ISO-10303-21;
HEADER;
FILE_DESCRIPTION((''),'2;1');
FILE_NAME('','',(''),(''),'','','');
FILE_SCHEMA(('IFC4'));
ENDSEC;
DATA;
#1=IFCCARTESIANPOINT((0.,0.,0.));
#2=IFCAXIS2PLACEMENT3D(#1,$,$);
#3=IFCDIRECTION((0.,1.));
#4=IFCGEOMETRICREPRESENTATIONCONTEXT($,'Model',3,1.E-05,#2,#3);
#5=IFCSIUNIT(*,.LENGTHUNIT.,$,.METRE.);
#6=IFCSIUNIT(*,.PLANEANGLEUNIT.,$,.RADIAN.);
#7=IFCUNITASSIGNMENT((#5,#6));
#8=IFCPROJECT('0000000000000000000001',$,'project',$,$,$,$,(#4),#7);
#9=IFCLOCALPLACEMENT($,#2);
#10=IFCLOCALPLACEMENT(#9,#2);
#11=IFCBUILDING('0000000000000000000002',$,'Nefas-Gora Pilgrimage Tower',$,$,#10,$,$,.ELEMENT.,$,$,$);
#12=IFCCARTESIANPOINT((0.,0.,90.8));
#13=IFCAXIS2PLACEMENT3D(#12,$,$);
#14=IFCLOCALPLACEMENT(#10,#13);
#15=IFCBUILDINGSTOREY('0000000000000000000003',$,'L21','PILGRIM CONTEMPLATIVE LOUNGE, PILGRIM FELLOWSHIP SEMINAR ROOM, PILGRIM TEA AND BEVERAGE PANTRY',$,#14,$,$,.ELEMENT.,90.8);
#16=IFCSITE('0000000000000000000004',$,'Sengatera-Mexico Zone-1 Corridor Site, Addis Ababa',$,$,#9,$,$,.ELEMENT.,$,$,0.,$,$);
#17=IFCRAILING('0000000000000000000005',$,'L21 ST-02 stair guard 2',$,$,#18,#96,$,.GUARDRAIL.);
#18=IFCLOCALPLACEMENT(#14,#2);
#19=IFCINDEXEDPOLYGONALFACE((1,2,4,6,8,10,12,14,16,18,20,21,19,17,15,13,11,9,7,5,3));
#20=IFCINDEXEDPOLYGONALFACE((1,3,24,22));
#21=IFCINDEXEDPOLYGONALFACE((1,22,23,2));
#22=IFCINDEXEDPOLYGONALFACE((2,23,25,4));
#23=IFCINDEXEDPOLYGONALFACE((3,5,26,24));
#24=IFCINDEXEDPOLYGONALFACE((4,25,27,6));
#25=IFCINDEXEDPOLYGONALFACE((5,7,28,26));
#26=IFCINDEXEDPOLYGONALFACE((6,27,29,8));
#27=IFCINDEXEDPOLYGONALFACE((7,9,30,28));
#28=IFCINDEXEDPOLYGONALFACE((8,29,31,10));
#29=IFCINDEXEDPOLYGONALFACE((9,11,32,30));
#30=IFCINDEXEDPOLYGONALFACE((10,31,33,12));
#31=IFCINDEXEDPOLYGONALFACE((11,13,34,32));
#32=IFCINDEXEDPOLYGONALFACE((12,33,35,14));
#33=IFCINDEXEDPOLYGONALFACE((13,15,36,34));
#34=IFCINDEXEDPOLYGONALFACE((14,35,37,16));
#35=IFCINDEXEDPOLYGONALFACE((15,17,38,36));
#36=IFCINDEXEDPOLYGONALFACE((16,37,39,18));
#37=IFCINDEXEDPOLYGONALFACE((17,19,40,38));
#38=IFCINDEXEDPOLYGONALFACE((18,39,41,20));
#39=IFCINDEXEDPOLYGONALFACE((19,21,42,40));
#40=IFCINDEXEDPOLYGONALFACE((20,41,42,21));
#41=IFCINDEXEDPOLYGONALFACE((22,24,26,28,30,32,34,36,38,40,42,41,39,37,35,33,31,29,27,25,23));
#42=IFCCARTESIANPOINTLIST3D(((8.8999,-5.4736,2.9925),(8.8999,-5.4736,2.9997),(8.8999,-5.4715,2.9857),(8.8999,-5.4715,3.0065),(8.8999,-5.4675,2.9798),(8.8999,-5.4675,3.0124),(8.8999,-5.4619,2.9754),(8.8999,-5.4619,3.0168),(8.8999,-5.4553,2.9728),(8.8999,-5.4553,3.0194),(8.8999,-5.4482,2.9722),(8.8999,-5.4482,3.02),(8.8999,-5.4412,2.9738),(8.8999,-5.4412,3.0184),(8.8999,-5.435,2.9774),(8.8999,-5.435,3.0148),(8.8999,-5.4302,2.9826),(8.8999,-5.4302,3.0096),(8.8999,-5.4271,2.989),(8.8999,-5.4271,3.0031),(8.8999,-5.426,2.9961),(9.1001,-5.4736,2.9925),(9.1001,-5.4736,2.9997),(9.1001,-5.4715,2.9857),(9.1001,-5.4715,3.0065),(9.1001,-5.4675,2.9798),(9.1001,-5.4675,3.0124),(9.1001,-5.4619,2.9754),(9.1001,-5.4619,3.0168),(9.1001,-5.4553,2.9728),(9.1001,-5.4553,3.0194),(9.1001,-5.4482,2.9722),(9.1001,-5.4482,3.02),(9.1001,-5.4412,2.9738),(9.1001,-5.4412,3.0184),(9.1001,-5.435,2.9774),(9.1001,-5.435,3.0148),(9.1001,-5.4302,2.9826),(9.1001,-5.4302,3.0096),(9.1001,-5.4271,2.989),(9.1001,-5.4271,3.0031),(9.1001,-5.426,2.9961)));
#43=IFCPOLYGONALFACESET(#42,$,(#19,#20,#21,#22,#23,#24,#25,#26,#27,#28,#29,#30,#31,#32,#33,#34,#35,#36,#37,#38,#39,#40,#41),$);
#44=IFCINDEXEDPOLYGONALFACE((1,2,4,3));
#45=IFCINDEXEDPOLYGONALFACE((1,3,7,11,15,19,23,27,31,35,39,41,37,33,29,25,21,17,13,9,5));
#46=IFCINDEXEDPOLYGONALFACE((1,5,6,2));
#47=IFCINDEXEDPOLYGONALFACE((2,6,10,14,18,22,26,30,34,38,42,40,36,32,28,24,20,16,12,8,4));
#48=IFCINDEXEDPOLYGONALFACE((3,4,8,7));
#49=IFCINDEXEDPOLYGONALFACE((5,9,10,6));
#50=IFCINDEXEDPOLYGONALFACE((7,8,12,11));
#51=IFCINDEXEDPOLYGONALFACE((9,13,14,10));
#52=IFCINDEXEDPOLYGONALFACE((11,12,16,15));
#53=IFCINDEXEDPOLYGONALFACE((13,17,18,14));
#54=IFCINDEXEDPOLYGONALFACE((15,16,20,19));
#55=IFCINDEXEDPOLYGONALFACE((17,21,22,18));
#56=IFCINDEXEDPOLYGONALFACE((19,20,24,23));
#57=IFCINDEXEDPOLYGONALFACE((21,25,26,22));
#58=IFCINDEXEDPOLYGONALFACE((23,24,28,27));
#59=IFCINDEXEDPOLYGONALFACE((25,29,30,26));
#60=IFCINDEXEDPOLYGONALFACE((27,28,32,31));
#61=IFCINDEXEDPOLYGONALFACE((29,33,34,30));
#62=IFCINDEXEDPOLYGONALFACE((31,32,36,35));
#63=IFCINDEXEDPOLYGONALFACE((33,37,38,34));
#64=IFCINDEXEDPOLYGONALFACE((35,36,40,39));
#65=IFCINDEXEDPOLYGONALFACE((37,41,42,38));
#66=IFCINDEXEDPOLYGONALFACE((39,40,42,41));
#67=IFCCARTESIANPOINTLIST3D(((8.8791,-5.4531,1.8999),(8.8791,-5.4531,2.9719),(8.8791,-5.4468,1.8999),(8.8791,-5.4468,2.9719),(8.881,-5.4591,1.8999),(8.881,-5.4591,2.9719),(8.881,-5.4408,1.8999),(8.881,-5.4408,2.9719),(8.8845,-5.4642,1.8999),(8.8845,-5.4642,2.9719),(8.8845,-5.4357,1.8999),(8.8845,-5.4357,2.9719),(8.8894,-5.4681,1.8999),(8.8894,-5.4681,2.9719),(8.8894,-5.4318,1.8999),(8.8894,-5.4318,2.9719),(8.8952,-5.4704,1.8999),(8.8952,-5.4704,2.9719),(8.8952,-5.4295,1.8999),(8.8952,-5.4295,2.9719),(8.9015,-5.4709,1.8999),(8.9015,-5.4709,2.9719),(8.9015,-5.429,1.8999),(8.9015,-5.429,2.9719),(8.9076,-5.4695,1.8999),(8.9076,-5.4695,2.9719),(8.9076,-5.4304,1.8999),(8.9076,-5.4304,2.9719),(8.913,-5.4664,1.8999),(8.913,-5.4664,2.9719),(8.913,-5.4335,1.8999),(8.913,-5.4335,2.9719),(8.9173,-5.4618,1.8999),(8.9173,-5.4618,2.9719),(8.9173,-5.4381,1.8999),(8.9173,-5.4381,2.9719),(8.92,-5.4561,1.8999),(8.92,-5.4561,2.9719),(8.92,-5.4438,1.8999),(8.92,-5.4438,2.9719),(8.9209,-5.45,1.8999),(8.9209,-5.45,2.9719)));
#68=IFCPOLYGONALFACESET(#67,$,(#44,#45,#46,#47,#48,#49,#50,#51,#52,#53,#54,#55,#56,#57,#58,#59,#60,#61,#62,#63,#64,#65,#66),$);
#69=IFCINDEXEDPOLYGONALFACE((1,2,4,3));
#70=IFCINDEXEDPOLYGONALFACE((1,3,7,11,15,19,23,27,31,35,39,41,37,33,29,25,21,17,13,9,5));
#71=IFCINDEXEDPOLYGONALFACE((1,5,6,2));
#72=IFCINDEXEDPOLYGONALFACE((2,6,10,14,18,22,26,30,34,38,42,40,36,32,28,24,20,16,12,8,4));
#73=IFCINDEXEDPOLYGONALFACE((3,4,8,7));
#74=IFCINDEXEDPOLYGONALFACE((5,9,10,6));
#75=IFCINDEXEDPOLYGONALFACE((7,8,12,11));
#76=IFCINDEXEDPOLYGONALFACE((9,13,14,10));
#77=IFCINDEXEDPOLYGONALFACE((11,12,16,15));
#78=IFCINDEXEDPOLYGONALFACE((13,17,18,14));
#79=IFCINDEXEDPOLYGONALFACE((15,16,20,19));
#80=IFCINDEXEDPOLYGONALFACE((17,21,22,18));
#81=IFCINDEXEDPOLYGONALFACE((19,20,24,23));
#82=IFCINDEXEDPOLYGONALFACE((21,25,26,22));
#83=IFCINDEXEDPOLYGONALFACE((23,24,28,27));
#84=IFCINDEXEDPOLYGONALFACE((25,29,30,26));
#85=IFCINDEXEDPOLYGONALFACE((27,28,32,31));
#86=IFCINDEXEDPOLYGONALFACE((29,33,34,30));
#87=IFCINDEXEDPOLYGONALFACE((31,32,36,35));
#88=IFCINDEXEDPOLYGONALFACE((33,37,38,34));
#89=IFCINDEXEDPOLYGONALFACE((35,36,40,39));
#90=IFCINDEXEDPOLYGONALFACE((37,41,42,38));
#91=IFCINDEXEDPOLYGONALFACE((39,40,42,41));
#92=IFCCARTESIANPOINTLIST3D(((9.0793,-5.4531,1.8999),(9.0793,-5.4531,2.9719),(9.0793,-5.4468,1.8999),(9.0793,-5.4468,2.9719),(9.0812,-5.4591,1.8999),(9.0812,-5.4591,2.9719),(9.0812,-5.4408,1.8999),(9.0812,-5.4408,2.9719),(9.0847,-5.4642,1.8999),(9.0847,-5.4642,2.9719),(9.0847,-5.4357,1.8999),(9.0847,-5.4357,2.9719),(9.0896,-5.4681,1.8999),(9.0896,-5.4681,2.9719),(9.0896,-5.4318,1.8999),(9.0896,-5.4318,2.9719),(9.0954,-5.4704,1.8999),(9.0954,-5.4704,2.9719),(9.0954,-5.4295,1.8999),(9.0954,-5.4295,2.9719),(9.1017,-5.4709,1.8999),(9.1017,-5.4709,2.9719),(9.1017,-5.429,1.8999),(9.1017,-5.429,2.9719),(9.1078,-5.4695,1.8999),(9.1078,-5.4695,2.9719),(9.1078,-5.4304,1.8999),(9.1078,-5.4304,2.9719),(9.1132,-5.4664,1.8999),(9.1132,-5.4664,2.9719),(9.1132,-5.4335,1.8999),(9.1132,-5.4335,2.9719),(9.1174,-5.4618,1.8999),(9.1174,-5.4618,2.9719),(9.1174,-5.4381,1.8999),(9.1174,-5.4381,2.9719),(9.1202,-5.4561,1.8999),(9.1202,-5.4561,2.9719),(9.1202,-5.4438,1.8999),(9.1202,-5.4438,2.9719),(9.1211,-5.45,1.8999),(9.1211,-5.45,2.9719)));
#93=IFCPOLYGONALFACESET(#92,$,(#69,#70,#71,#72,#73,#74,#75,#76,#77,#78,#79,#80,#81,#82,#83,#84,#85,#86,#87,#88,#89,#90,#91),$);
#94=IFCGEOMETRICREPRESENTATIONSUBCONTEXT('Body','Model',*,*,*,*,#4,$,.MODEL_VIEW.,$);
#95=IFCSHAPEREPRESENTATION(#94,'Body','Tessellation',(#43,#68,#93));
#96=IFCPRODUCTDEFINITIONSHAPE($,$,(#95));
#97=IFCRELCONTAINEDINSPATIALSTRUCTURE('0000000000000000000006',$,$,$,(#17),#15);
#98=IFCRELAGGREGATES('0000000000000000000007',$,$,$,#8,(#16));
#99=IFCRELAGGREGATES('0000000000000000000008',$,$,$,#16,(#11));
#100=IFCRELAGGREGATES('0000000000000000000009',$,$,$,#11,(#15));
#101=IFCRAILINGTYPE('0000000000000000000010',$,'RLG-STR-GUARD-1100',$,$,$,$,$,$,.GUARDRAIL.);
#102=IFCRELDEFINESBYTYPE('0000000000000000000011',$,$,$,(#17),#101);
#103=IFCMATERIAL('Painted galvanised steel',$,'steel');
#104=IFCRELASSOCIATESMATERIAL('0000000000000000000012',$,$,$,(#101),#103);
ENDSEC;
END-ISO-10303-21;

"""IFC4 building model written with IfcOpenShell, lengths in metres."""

from ifc_helpers import new_model, si_unit, direction, frame, origin, origin_2d, place, context, subcontext, project, spatial, circle, extrude, material, type_object, element, save


model = new_model("IFC4")

# Units and contexts
model_context = context("Model", 3, precision=1e-05, world=origin(), true_north=direction((0.0, 1.0)))
body_context = subcontext(model_context, "Body", "Model", "MODEL_VIEW")
ifc_project = project(units=[si_unit("LENGTHUNIT", "METRE"), si_unit("PLANEANGLEUNIT", "RADIAN")], contexts=[model_context])

# Site, building, storey
site_placement = place(None, origin())
site = spatial("IfcSite", under=ifc_project, at=site_placement, Name="Sengatera-Mexico Zone-1 Corridor Site, Addis Ababa", CompositionType="ELEMENT", RefElevation=0.0)
building_placement = place(site_placement, origin())
building = spatial("IfcBuilding", under=site, at=building_placement, Name="Nefas-Gora Pilgrimage Tower", CompositionType="ELEMENT")
storey_placement = place(building_placement, frame((0.0, 0.0, 90.8)))
storey = spatial("IfcBuildingStorey", under=building, at=storey_placement, Name="L21", Description="PILGRIM CONTEMPLATIVE LOUNGE, PILGRIM FELLOWSHIP SEMINAR ROOM, PILGRIM TEA AND BEVERAGE PANTRY", CompositionType="ELEMENT", Elevation=90.8)

# Railing
ifc_material_1 = material(Name="Painted galvanised steel", Category="steel")
railing_type_1 = type_object("IfcRailingType", Name="RLG-STR-GUARD-1100", PredefinedType="GUARDRAIL", material=ifc_material_1)
railing_1_placement = place(storey_placement, frame((8.8999, -5.45, 1.8999)))
element("IfcRailing", 1, at=railing_1_placement, inside=storey, type_object=railing_type_1, Name="L21 ST-02 stair guard 2", PredefinedType="GUARDRAIL", context=body_context, shape_type="SweptSolid", body=[
    extrude(circle(Radius=0.0239, at=origin_2d()), frame((0.0, 0.0, 1.0962), z_axis=(1.0, 0.0, 0.0), x_axis=(0.0, 1.0, 0.0)), (0.0, 0.0, 1.0), 0.2002),
    extrude(circle(Radius=0.021, at=origin_2d()), origin(), (0.0, 0.0, 1.0), 1.072),
    extrude(circle(Radius=0.021, at=origin_2d()), frame((0.2002, 0.0, 0.0)), (0.0, 0.0, 1.0), 1.072),
])

save(model, "model.ifc")
